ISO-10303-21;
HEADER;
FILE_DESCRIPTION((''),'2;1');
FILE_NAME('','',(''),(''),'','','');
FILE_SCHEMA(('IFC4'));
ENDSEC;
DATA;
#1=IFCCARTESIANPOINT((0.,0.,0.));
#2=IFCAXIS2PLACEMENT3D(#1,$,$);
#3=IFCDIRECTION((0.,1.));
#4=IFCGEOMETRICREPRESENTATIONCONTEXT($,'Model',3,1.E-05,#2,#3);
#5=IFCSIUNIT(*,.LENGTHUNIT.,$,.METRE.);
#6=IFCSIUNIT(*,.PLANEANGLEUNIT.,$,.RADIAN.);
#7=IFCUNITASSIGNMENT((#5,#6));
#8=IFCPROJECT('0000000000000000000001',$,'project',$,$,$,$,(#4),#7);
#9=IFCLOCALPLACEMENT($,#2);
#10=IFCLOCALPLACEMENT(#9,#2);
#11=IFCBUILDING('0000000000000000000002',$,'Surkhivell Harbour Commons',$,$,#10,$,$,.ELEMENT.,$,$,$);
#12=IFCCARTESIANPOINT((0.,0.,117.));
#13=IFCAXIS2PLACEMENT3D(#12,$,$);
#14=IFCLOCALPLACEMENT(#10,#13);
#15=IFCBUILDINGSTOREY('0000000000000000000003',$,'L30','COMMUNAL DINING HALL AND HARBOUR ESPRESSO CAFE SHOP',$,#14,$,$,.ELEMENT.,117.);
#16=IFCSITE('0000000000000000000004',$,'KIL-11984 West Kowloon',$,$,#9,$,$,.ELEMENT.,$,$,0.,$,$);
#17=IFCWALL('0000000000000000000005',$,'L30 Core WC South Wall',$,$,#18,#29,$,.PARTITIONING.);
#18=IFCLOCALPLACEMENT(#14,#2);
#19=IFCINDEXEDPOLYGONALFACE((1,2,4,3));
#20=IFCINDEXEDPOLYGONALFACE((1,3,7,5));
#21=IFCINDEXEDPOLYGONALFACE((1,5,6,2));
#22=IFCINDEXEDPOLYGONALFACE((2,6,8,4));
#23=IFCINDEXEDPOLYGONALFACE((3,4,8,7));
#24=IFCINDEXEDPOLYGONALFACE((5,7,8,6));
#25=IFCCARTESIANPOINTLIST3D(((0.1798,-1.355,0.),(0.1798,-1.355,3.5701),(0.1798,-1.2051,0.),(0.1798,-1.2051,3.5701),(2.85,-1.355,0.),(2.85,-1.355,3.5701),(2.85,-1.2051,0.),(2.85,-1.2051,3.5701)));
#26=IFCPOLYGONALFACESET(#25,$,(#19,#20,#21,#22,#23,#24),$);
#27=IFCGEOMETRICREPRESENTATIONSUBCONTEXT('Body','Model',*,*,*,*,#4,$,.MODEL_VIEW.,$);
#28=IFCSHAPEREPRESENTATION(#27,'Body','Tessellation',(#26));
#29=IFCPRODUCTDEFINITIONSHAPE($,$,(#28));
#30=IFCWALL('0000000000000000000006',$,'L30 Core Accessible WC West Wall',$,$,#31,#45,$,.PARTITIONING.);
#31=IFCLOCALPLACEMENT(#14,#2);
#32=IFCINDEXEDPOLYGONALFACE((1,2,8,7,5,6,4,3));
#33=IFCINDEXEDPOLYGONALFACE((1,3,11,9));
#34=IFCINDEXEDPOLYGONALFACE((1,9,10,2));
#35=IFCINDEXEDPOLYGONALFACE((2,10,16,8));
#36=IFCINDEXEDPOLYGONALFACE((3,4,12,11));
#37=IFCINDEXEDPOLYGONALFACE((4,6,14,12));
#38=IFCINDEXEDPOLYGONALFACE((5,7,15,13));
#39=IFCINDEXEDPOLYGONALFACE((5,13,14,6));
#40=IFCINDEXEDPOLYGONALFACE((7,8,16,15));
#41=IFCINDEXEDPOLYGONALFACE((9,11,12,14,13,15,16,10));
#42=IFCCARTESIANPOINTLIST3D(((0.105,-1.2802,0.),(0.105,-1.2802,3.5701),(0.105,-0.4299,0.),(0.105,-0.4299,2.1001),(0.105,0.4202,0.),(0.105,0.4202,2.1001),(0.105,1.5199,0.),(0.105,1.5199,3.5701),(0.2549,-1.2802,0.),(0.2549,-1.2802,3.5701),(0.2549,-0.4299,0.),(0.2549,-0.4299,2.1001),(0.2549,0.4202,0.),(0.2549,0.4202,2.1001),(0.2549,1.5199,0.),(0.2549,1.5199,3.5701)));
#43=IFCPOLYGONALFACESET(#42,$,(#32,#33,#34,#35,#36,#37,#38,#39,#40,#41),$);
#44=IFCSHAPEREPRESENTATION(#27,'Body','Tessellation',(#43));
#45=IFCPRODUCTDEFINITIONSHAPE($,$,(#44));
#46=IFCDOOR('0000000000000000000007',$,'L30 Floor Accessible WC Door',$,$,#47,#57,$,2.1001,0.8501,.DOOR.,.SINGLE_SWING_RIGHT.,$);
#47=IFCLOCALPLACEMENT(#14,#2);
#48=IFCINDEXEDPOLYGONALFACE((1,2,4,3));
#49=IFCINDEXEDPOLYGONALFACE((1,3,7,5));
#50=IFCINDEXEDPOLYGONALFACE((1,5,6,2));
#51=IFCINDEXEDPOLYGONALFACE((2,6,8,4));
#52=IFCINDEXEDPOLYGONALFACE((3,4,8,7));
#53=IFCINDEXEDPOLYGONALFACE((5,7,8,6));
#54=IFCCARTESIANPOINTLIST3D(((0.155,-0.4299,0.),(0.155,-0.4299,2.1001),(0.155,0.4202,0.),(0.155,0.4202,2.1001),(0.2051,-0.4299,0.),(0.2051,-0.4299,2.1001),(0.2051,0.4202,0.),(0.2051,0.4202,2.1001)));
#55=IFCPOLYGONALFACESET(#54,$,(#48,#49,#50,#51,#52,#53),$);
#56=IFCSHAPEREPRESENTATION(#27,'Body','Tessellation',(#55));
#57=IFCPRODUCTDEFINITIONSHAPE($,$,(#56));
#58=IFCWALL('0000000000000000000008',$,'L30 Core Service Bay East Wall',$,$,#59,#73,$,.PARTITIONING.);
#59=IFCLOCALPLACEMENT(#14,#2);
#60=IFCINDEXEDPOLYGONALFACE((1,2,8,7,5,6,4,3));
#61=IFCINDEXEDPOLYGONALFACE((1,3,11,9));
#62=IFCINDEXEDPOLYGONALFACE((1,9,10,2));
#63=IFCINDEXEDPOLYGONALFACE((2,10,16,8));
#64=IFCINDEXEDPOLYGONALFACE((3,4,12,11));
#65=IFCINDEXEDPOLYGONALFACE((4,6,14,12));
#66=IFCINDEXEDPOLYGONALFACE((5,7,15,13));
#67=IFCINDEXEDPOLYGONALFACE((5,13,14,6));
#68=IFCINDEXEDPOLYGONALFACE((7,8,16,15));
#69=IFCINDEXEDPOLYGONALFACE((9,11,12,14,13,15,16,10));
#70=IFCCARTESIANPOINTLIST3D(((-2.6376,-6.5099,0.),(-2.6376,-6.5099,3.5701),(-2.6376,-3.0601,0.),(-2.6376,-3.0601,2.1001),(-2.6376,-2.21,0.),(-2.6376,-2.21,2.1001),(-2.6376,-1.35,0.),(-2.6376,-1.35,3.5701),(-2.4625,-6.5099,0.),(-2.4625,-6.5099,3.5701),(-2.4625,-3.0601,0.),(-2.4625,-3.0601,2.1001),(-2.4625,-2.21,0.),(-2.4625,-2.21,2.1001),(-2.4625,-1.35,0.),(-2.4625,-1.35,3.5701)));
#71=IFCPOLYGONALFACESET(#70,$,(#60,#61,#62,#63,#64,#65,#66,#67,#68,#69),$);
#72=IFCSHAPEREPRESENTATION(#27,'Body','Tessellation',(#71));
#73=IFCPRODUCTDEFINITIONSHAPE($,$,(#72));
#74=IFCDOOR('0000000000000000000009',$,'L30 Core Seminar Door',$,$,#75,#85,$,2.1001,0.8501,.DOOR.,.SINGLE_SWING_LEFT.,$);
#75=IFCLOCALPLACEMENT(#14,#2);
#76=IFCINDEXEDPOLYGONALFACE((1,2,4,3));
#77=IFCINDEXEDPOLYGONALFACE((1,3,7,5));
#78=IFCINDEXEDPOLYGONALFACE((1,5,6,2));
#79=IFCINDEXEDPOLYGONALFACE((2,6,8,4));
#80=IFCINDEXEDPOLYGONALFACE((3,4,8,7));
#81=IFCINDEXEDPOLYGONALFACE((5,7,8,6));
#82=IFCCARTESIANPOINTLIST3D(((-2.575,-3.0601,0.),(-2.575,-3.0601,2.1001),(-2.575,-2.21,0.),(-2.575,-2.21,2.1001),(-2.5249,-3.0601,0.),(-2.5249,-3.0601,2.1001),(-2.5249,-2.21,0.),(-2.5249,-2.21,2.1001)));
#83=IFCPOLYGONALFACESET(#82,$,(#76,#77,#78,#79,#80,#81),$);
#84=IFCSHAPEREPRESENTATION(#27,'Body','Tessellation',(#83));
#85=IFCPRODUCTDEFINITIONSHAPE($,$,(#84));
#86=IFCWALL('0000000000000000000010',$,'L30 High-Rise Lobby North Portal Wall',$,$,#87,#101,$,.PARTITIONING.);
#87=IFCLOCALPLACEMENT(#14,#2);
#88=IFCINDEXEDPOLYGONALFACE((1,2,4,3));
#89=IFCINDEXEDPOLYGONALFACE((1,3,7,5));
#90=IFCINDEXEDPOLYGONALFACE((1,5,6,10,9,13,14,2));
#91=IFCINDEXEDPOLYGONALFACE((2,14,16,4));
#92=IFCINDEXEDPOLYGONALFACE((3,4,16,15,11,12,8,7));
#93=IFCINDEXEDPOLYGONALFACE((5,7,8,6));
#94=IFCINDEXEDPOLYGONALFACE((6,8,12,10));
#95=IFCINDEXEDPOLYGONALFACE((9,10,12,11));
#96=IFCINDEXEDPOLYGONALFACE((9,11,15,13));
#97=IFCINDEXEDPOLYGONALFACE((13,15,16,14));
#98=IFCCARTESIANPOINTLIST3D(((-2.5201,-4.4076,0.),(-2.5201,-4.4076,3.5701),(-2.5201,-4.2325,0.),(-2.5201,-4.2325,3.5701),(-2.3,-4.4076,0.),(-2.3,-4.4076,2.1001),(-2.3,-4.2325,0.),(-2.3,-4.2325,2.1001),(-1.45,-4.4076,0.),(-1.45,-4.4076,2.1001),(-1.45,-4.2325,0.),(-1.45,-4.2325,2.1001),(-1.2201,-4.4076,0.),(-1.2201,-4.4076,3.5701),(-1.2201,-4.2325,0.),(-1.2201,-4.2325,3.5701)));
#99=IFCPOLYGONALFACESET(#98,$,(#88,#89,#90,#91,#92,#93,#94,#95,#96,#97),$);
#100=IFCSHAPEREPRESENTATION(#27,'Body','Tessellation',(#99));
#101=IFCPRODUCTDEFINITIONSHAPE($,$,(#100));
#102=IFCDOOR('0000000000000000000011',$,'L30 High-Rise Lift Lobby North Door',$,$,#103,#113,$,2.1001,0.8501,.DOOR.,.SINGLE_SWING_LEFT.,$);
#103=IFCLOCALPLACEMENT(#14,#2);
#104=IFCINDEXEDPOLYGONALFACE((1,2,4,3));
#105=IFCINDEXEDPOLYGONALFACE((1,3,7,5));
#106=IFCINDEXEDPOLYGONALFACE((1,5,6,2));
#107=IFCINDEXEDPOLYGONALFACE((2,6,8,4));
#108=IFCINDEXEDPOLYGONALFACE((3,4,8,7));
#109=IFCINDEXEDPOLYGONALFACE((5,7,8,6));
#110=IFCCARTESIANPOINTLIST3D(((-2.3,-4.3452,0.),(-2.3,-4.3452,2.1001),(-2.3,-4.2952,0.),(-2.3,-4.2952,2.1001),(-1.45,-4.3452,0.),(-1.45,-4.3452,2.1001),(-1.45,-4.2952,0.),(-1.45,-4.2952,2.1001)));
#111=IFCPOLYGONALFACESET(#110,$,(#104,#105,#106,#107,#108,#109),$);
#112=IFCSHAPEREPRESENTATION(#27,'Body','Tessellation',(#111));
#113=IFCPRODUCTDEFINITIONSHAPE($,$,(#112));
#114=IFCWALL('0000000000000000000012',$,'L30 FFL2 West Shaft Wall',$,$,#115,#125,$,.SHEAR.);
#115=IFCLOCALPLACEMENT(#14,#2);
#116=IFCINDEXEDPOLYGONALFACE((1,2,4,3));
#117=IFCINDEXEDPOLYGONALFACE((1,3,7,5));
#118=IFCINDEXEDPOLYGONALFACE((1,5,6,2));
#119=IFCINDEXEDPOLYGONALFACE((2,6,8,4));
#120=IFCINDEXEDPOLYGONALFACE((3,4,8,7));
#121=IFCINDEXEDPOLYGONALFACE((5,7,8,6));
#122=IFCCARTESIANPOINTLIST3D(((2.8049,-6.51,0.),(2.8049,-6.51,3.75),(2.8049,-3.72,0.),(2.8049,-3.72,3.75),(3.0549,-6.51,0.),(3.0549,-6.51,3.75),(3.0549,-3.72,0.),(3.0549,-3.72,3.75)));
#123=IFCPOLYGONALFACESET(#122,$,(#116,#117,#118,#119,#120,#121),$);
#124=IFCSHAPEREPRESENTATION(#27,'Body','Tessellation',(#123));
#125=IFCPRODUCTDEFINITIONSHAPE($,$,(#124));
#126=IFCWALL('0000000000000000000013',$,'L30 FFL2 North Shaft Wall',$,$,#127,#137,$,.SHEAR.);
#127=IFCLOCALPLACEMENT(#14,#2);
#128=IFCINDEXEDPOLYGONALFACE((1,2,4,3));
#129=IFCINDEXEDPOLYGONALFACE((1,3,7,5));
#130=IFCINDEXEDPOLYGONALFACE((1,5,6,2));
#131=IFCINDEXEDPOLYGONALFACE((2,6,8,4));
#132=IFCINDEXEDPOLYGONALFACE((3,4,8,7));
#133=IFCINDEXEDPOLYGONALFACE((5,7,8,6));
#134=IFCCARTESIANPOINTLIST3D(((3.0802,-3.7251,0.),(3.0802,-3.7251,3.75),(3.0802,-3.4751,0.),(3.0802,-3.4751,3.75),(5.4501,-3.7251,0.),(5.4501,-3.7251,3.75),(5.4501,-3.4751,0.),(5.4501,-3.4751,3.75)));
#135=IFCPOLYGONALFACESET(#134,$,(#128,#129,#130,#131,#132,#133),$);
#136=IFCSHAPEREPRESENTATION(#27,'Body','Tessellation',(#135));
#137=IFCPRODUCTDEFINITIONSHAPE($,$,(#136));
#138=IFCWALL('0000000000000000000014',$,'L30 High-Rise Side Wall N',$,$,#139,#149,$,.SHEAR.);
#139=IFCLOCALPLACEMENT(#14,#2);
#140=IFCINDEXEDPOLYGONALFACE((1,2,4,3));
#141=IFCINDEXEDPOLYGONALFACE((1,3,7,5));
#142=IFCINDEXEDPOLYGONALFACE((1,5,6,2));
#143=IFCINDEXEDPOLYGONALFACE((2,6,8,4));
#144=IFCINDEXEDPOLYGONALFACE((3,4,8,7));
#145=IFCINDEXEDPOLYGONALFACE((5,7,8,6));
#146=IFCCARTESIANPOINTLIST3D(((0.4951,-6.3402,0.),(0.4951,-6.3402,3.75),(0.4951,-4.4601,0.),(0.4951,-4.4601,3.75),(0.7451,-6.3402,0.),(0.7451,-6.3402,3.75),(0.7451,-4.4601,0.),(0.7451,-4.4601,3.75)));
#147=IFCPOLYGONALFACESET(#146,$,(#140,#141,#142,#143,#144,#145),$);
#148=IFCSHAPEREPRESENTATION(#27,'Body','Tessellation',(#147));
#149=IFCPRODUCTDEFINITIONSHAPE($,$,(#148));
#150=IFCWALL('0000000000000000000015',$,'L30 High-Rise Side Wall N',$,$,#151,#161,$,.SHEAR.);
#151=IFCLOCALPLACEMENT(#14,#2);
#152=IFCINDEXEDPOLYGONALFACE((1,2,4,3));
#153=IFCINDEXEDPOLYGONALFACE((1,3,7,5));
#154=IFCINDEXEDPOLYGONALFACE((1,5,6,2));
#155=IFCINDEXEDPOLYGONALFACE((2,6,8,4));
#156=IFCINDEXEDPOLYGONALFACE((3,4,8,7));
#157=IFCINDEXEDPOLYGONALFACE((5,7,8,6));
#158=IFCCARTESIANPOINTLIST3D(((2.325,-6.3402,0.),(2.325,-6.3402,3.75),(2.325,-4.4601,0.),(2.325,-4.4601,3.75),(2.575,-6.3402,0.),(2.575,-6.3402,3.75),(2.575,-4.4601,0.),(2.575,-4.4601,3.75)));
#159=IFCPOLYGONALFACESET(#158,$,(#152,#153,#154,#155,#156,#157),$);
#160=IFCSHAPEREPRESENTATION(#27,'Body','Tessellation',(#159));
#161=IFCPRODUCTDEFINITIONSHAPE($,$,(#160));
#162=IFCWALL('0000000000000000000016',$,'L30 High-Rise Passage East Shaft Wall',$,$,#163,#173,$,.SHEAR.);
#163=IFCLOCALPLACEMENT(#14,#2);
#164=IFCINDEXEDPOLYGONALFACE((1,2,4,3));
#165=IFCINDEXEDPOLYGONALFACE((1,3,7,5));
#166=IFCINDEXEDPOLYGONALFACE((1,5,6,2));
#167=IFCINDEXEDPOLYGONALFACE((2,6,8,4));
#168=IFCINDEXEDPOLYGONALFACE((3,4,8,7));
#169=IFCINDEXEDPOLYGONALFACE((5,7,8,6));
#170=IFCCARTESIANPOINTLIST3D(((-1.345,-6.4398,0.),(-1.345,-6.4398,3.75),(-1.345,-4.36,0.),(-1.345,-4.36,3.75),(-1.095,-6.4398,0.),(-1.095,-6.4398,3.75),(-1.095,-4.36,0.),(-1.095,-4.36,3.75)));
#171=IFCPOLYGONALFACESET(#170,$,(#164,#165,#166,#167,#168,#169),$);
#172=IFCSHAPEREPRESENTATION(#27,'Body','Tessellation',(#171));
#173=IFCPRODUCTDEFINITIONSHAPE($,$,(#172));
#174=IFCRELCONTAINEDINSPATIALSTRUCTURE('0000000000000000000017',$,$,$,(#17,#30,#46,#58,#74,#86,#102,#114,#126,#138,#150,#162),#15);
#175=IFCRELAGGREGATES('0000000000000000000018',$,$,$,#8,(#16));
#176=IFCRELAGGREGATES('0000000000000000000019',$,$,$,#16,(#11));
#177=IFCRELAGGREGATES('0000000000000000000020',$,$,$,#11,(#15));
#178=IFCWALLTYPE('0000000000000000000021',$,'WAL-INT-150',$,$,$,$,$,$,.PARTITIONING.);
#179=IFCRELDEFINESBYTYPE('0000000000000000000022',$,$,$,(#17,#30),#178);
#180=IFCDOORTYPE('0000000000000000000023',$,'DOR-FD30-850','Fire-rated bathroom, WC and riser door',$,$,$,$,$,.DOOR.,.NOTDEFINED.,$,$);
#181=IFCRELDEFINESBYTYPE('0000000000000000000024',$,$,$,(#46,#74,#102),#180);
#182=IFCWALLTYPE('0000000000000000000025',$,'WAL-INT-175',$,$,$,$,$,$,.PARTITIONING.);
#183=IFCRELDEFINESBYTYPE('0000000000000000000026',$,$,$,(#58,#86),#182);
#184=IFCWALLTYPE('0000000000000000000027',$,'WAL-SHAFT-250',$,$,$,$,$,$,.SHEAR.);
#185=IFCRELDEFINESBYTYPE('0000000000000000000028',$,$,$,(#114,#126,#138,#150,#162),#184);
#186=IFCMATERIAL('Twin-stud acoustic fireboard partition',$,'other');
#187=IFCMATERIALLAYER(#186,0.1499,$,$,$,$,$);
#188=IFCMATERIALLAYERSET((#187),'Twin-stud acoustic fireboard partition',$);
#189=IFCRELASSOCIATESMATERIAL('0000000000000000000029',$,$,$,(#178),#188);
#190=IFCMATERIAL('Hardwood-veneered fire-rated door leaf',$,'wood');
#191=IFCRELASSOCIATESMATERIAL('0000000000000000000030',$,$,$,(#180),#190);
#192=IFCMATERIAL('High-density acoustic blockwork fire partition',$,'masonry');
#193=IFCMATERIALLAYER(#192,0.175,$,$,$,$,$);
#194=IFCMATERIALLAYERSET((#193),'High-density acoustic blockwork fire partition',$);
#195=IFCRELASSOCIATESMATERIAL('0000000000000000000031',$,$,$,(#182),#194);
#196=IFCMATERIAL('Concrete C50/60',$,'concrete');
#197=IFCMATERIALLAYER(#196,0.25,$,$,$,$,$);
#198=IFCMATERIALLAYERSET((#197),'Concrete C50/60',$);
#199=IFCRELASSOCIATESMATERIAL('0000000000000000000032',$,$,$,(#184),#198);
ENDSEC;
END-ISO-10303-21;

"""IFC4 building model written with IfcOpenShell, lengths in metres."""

from ifc_helpers import new_model, si_unit, direction, frame, frame_2d, origin, place, context, subcontext, project, spatial, rectangle, extrude, material, layer, layer_set, type_object, element, fill, save


model = new_model("IFC4")

# Units and contexts
model_context = context("Model", 3, precision=1e-05, world=origin(), true_north=direction((0.0, 1.0)))
body_context = subcontext(model_context, "Body", "Model", "MODEL_VIEW")
ifc_project = project(units=[si_unit("LENGTHUNIT", "METRE"), si_unit("PLANEANGLEUNIT", "RADIAN")], contexts=[model_context])

# Site, building, storey
site_placement = place(None, origin())
site = spatial("IfcSite", under=ifc_project, at=site_placement, Name="KIL-11984 West Kowloon", CompositionType="ELEMENT", RefElevation=0.0)
building_placement = place(site_placement, origin())
building = spatial("IfcBuilding", under=site, at=building_placement, Name="Surkhivell Harbour Commons", CompositionType="ELEMENT")
storey_placement = place(building_placement, frame((0.0, 0.0, 117.0)))
storey = spatial("IfcBuildingStorey", under=building, at=storey_placement, Name="L30", Description="COMMUNAL DINING HALL AND HARBOUR ESPRESSO CAFE SHOP", CompositionType="ELEMENT", Elevation=117.0)

# Wall
ifc_material_1 = material(Name="Twin-stud acoustic fireboard partition", Category="other")
ifc_layer_1 = layer(ifc_material_1, 0.1499)
ifc_layer_set_1 = layer_set([ifc_layer_1], Name="Twin-stud acoustic fireboard partition")
wall_type_1 = type_object("IfcWallType", Name="WAL-INT-150", PredefinedType="PARTITIONING", material=ifc_layer_set_1)
wall_1_placement = place(storey_placement, frame((0.1799, -1.28, 0.0), z_axis=(0.0, 0.0, 1.0), x_axis=(1.0, 0.0, 0.0)))
element("IfcWall", 1, at=wall_1_placement, inside=storey, type_object=wall_type_1, Name="L30 Core WC South Wall", PredefinedType="PARTITIONING", context=body_context, shape_type="SweptSolid", body=[
    extrude(rectangle(XDim=2.6702, YDim=0.1499, at=frame_2d((1.335, 0.0))), origin(), (0.0, 0.0, 1.0), 3.5701),
])

# Walls, openings, doors
wall_2_placement = place(storey_placement, frame((0.1799, -1.28, 0.0), z_axis=(0.0, 0.0, 1.0), x_axis=(0.0, 1.0, 0.0)))
wall_2 = element("IfcWall", 2, at=wall_2_placement, inside=storey, type_object=wall_type_1, Name="L30 Core Accessible WC West Wall", PredefinedType="PARTITIONING", context=body_context, shape_type="SweptSolid", body=[
    extrude(rectangle(XDim=2.8, YDim=0.1499, at=frame_2d((1.3999, 0.0))), origin(), (0.0, 0.0, 1.0), 3.5701),
])
opening_1_placement = place(wall_2_placement, frame((0.8501, 0.0, 0.0)))
opening_1 = element("IfcOpeningElement", 3, at=opening_1_placement, cuts=wall_2, PredefinedType="OPENING", context=body_context, shape_type="SweptSolid", body=[
    extrude(rectangle(XDim=0.8501, YDim=2.1001, at=frame_2d((0.425, 1.05))), frame((0.0, 0.085, 0.0), z_axis=(0.0, -1.0, 0.0), x_axis=(1.0, 0.0, 0.0)), (0.0, 0.0, 1.0), 0.1699),
])
ifc_material_2 = material(Name="Hardwood-veneered fire-rated door leaf", Category="wood")
door_type_1 = type_object("IfcDoorType", Name="DOR-FD30-850", Description="Fire-rated bathroom, WC and riser door", OperationType="NOTDEFINED", PredefinedType="DOOR", material=ifc_material_2)
door_1_placement = place(opening_1_placement, origin())
door_1 = element("IfcDoor", 4, at=door_1_placement, inside=storey, type_object=door_type_1, Name="L30 Floor Accessible WC Door", OperationType="SINGLE_SWING_RIGHT", OverallHeight=2.1001, OverallWidth=0.8501, PredefinedType="DOOR", context=body_context, shape_type="SweptSolid", body=[
    extrude(rectangle(XDim=0.8501, YDim=2.1001, at=frame_2d((0.425, 1.05))), frame((0.0, 0.0249, 0.0), z_axis=(0.0, -1.0, 0.0), x_axis=(1.0, 0.0, 0.0)), (0.0, 0.0, 1.0), 0.05),
])
fill(opening_1, door_1)
ifc_material_3 = material(Name="High-density acoustic blockwork fire partition", Category="masonry")
ifc_layer_2 = layer(ifc_material_3, 0.175)
ifc_layer_set_2 = layer_set([ifc_layer_2], Name="High-density acoustic blockwork fire partition")
wall_type_2 = type_object("IfcWallType", Name="WAL-INT-175", PredefinedType="PARTITIONING", material=ifc_layer_set_2)
wall_3_placement = place(storey_placement, frame((-2.55, -6.51, 0.0), z_axis=(0.0, 0.0, 1.0), x_axis=(0.0, 1.0, 0.0)))
wall_3 = element("IfcWall", 5, at=wall_3_placement, inside=storey, type_object=wall_type_2, Name="L30 Core Service Bay East Wall", PredefinedType="PARTITIONING", context=body_context, shape_type="SweptSolid", body=[
    extrude(rectangle(XDim=5.1599, YDim=0.175, at=frame_2d((2.5801, 0.0))), origin(), (0.0, 0.0, 1.0), 3.5701),
])
opening_2_placement = place(wall_3_placement, frame((3.45, 0.0, 0.0)))
opening_2 = element("IfcOpeningElement", 6, at=opening_2_placement, cuts=wall_3, PredefinedType="OPENING", context=body_context, shape_type="SweptSolid", body=[
    extrude(rectangle(XDim=0.8501, YDim=2.1001, at=frame_2d((0.425, 1.05))), frame((0.0, 0.0974, 0.0), z_axis=(0.0, -1.0, 0.0), x_axis=(1.0, 0.0, 0.0)), (0.0, 0.0, 1.0), 0.1951),
])
door_2_placement = place(opening_2_placement, origin())
door_2 = element("IfcDoor", 7, at=door_2_placement, inside=storey, type_object=door_type_1, Name="L30 Core Seminar Door", OperationType="SINGLE_SWING_LEFT", OverallHeight=2.1001, OverallWidth=0.8501, PredefinedType="DOOR", context=body_context, shape_type="SweptSolid", body=[
    extrude(rectangle(XDim=0.8501, YDim=2.1001, at=frame_2d((0.425, 1.05))), frame((0.0, 0.0249, 0.0), z_axis=(0.0, -1.0, 0.0), x_axis=(1.0, 0.0, 0.0)), (0.0, 0.0, 1.0), 0.05),
])
fill(opening_2, door_2)
wall_4_placement = place(storey_placement, frame((-2.52, -4.3201, 0.0), z_axis=(0.0, 0.0, 1.0), x_axis=(1.0, 0.0, 0.0)))
wall_4 = element("IfcWall", 8, at=wall_4_placement, inside=storey, type_object=wall_type_2, Name="L30 High-Rise Lobby North Portal Wall", PredefinedType="PARTITIONING", context=body_context, shape_type="SweptSolid", body=[
    extrude(rectangle(XDim=1.3, YDim=0.175, at=frame_2d((0.6499, 0.0))), origin(), (0.0, 0.0, 1.0), 3.5701),
])
opening_3_placement = place(wall_4_placement, frame((0.22, 0.0, 0.0)))
opening_3 = element("IfcOpeningElement", 9, at=opening_3_placement, cuts=wall_4, PredefinedType="OPENING", context=body_context, shape_type="SweptSolid", body=[
    extrude(rectangle(XDim=0.8501, YDim=2.1001, at=frame_2d((0.425, 1.05))), frame((0.0, 0.0974, 0.0), z_axis=(0.0, -1.0, 0.0), x_axis=(1.0, 0.0, 0.0)), (0.0, 0.0, 1.0), 0.1951),
])
door_3_placement = place(opening_3_placement, origin())
door_3 = element("IfcDoor", 10, at=door_3_placement, inside=storey, type_object=door_type_1, Name="L30 High-Rise Lift Lobby North Door", OperationType="SINGLE_SWING_LEFT", OverallHeight=2.1001, OverallWidth=0.8501, PredefinedType="DOOR", context=body_context, shape_type="SweptSolid", body=[
    extrude(rectangle(XDim=0.8501, YDim=2.1001, at=frame_2d((0.425, 1.05))), frame((0.0, 0.0249, 0.0), z_axis=(0.0, -1.0, 0.0), x_axis=(1.0, 0.0, 0.0)), (0.0, 0.0, 1.0), 0.05),
])
fill(opening_3, door_3)

# Walls
ifc_material_4 = material(Name="Concrete C50/60", Category="concrete")
ifc_layer_3 = layer(ifc_material_4, 0.25)
ifc_layer_set_3 = layer_set([ifc_layer_3], Name="Concrete C50/60")
wall_type_3 = type_object("IfcWallType", Name="WAL-SHAFT-250", PredefinedType="SHEAR", material=ifc_layer_set_3)
wall_5_placement = place(storey_placement, frame((2.9299, -6.51, 0.0), z_axis=(0.0, 0.0, 1.0), x_axis=(0.0, 1.0, 0.0)))
element("IfcWall", 11, at=wall_5_placement, inside=storey, type_object=wall_type_3, Name="L30 FFL2 West Shaft Wall", PredefinedType="SHEAR", context=body_context, shape_type="SweptSolid", body=[
    extrude(rectangle(XDim=2.79, YDim=0.25, at=frame_2d((1.395, 0.0))), origin(), (0.0, 0.0, 1.0), 3.75),
])
wall_6_placement = place(storey_placement, frame((3.0801, -3.6001, 0.0), z_axis=(0.0, 0.0, 1.0), x_axis=(1.0, 0.0, 0.0)))
element("IfcWall", 12, at=wall_6_placement, inside=storey, type_object=wall_type_3, Name="L30 FFL2 North Shaft Wall", PredefinedType="SHEAR", context=body_context, shape_type="SweptSolid", body=[
    extrude(rectangle(XDim=2.3699, YDim=0.25, at=frame_2d((1.1851, 0.0))), origin(), (0.0, 0.0, 1.0), 3.75),
])
for number, where, z_axis, x_axis, name in (
    (13, (0.6201, -6.3401, 0.0), (0.0, 0.0, 1.0), (0.0, 1.0, 0.0), "L30 High-Rise Side Wall N"),
    (14, (2.45, -6.3401, 0.0), (0.0, 0.0, 1.0), (0.0, 1.0, 0.0), "L30 High-Rise Side Wall N"),
):
    element("IfcWall", number, at=place(storey_placement, frame(where, z_axis=z_axis, x_axis=x_axis)), inside=storey, type_object=wall_type_3, Name=name, PredefinedType="SHEAR", context=body_context, shape_type="SweptSolid", body=[
        extrude(rectangle(XDim=1.8801, YDim=0.25, at=frame_2d((0.9399, 0.0))), origin(), (0.0, 0.0, 1.0), 3.75),
    ])
wall_7_placement = place(storey_placement, frame((-1.22, -6.4399, 0.0), z_axis=(0.0, 0.0, 1.0), x_axis=(0.0, 1.0, 0.0)))
element("IfcWall", 15, at=wall_7_placement, inside=storey, type_object=wall_type_3, Name="L30 High-Rise Passage East Shaft Wall", PredefinedType="SHEAR", context=body_context, shape_type="SweptSolid", body=[
    extrude(rectangle(XDim=2.0798, YDim=0.25, at=frame_2d((1.04, 0.0))), origin(), (0.0, 0.0, 1.0), 3.75),
])

save(model, "model.ifc")
